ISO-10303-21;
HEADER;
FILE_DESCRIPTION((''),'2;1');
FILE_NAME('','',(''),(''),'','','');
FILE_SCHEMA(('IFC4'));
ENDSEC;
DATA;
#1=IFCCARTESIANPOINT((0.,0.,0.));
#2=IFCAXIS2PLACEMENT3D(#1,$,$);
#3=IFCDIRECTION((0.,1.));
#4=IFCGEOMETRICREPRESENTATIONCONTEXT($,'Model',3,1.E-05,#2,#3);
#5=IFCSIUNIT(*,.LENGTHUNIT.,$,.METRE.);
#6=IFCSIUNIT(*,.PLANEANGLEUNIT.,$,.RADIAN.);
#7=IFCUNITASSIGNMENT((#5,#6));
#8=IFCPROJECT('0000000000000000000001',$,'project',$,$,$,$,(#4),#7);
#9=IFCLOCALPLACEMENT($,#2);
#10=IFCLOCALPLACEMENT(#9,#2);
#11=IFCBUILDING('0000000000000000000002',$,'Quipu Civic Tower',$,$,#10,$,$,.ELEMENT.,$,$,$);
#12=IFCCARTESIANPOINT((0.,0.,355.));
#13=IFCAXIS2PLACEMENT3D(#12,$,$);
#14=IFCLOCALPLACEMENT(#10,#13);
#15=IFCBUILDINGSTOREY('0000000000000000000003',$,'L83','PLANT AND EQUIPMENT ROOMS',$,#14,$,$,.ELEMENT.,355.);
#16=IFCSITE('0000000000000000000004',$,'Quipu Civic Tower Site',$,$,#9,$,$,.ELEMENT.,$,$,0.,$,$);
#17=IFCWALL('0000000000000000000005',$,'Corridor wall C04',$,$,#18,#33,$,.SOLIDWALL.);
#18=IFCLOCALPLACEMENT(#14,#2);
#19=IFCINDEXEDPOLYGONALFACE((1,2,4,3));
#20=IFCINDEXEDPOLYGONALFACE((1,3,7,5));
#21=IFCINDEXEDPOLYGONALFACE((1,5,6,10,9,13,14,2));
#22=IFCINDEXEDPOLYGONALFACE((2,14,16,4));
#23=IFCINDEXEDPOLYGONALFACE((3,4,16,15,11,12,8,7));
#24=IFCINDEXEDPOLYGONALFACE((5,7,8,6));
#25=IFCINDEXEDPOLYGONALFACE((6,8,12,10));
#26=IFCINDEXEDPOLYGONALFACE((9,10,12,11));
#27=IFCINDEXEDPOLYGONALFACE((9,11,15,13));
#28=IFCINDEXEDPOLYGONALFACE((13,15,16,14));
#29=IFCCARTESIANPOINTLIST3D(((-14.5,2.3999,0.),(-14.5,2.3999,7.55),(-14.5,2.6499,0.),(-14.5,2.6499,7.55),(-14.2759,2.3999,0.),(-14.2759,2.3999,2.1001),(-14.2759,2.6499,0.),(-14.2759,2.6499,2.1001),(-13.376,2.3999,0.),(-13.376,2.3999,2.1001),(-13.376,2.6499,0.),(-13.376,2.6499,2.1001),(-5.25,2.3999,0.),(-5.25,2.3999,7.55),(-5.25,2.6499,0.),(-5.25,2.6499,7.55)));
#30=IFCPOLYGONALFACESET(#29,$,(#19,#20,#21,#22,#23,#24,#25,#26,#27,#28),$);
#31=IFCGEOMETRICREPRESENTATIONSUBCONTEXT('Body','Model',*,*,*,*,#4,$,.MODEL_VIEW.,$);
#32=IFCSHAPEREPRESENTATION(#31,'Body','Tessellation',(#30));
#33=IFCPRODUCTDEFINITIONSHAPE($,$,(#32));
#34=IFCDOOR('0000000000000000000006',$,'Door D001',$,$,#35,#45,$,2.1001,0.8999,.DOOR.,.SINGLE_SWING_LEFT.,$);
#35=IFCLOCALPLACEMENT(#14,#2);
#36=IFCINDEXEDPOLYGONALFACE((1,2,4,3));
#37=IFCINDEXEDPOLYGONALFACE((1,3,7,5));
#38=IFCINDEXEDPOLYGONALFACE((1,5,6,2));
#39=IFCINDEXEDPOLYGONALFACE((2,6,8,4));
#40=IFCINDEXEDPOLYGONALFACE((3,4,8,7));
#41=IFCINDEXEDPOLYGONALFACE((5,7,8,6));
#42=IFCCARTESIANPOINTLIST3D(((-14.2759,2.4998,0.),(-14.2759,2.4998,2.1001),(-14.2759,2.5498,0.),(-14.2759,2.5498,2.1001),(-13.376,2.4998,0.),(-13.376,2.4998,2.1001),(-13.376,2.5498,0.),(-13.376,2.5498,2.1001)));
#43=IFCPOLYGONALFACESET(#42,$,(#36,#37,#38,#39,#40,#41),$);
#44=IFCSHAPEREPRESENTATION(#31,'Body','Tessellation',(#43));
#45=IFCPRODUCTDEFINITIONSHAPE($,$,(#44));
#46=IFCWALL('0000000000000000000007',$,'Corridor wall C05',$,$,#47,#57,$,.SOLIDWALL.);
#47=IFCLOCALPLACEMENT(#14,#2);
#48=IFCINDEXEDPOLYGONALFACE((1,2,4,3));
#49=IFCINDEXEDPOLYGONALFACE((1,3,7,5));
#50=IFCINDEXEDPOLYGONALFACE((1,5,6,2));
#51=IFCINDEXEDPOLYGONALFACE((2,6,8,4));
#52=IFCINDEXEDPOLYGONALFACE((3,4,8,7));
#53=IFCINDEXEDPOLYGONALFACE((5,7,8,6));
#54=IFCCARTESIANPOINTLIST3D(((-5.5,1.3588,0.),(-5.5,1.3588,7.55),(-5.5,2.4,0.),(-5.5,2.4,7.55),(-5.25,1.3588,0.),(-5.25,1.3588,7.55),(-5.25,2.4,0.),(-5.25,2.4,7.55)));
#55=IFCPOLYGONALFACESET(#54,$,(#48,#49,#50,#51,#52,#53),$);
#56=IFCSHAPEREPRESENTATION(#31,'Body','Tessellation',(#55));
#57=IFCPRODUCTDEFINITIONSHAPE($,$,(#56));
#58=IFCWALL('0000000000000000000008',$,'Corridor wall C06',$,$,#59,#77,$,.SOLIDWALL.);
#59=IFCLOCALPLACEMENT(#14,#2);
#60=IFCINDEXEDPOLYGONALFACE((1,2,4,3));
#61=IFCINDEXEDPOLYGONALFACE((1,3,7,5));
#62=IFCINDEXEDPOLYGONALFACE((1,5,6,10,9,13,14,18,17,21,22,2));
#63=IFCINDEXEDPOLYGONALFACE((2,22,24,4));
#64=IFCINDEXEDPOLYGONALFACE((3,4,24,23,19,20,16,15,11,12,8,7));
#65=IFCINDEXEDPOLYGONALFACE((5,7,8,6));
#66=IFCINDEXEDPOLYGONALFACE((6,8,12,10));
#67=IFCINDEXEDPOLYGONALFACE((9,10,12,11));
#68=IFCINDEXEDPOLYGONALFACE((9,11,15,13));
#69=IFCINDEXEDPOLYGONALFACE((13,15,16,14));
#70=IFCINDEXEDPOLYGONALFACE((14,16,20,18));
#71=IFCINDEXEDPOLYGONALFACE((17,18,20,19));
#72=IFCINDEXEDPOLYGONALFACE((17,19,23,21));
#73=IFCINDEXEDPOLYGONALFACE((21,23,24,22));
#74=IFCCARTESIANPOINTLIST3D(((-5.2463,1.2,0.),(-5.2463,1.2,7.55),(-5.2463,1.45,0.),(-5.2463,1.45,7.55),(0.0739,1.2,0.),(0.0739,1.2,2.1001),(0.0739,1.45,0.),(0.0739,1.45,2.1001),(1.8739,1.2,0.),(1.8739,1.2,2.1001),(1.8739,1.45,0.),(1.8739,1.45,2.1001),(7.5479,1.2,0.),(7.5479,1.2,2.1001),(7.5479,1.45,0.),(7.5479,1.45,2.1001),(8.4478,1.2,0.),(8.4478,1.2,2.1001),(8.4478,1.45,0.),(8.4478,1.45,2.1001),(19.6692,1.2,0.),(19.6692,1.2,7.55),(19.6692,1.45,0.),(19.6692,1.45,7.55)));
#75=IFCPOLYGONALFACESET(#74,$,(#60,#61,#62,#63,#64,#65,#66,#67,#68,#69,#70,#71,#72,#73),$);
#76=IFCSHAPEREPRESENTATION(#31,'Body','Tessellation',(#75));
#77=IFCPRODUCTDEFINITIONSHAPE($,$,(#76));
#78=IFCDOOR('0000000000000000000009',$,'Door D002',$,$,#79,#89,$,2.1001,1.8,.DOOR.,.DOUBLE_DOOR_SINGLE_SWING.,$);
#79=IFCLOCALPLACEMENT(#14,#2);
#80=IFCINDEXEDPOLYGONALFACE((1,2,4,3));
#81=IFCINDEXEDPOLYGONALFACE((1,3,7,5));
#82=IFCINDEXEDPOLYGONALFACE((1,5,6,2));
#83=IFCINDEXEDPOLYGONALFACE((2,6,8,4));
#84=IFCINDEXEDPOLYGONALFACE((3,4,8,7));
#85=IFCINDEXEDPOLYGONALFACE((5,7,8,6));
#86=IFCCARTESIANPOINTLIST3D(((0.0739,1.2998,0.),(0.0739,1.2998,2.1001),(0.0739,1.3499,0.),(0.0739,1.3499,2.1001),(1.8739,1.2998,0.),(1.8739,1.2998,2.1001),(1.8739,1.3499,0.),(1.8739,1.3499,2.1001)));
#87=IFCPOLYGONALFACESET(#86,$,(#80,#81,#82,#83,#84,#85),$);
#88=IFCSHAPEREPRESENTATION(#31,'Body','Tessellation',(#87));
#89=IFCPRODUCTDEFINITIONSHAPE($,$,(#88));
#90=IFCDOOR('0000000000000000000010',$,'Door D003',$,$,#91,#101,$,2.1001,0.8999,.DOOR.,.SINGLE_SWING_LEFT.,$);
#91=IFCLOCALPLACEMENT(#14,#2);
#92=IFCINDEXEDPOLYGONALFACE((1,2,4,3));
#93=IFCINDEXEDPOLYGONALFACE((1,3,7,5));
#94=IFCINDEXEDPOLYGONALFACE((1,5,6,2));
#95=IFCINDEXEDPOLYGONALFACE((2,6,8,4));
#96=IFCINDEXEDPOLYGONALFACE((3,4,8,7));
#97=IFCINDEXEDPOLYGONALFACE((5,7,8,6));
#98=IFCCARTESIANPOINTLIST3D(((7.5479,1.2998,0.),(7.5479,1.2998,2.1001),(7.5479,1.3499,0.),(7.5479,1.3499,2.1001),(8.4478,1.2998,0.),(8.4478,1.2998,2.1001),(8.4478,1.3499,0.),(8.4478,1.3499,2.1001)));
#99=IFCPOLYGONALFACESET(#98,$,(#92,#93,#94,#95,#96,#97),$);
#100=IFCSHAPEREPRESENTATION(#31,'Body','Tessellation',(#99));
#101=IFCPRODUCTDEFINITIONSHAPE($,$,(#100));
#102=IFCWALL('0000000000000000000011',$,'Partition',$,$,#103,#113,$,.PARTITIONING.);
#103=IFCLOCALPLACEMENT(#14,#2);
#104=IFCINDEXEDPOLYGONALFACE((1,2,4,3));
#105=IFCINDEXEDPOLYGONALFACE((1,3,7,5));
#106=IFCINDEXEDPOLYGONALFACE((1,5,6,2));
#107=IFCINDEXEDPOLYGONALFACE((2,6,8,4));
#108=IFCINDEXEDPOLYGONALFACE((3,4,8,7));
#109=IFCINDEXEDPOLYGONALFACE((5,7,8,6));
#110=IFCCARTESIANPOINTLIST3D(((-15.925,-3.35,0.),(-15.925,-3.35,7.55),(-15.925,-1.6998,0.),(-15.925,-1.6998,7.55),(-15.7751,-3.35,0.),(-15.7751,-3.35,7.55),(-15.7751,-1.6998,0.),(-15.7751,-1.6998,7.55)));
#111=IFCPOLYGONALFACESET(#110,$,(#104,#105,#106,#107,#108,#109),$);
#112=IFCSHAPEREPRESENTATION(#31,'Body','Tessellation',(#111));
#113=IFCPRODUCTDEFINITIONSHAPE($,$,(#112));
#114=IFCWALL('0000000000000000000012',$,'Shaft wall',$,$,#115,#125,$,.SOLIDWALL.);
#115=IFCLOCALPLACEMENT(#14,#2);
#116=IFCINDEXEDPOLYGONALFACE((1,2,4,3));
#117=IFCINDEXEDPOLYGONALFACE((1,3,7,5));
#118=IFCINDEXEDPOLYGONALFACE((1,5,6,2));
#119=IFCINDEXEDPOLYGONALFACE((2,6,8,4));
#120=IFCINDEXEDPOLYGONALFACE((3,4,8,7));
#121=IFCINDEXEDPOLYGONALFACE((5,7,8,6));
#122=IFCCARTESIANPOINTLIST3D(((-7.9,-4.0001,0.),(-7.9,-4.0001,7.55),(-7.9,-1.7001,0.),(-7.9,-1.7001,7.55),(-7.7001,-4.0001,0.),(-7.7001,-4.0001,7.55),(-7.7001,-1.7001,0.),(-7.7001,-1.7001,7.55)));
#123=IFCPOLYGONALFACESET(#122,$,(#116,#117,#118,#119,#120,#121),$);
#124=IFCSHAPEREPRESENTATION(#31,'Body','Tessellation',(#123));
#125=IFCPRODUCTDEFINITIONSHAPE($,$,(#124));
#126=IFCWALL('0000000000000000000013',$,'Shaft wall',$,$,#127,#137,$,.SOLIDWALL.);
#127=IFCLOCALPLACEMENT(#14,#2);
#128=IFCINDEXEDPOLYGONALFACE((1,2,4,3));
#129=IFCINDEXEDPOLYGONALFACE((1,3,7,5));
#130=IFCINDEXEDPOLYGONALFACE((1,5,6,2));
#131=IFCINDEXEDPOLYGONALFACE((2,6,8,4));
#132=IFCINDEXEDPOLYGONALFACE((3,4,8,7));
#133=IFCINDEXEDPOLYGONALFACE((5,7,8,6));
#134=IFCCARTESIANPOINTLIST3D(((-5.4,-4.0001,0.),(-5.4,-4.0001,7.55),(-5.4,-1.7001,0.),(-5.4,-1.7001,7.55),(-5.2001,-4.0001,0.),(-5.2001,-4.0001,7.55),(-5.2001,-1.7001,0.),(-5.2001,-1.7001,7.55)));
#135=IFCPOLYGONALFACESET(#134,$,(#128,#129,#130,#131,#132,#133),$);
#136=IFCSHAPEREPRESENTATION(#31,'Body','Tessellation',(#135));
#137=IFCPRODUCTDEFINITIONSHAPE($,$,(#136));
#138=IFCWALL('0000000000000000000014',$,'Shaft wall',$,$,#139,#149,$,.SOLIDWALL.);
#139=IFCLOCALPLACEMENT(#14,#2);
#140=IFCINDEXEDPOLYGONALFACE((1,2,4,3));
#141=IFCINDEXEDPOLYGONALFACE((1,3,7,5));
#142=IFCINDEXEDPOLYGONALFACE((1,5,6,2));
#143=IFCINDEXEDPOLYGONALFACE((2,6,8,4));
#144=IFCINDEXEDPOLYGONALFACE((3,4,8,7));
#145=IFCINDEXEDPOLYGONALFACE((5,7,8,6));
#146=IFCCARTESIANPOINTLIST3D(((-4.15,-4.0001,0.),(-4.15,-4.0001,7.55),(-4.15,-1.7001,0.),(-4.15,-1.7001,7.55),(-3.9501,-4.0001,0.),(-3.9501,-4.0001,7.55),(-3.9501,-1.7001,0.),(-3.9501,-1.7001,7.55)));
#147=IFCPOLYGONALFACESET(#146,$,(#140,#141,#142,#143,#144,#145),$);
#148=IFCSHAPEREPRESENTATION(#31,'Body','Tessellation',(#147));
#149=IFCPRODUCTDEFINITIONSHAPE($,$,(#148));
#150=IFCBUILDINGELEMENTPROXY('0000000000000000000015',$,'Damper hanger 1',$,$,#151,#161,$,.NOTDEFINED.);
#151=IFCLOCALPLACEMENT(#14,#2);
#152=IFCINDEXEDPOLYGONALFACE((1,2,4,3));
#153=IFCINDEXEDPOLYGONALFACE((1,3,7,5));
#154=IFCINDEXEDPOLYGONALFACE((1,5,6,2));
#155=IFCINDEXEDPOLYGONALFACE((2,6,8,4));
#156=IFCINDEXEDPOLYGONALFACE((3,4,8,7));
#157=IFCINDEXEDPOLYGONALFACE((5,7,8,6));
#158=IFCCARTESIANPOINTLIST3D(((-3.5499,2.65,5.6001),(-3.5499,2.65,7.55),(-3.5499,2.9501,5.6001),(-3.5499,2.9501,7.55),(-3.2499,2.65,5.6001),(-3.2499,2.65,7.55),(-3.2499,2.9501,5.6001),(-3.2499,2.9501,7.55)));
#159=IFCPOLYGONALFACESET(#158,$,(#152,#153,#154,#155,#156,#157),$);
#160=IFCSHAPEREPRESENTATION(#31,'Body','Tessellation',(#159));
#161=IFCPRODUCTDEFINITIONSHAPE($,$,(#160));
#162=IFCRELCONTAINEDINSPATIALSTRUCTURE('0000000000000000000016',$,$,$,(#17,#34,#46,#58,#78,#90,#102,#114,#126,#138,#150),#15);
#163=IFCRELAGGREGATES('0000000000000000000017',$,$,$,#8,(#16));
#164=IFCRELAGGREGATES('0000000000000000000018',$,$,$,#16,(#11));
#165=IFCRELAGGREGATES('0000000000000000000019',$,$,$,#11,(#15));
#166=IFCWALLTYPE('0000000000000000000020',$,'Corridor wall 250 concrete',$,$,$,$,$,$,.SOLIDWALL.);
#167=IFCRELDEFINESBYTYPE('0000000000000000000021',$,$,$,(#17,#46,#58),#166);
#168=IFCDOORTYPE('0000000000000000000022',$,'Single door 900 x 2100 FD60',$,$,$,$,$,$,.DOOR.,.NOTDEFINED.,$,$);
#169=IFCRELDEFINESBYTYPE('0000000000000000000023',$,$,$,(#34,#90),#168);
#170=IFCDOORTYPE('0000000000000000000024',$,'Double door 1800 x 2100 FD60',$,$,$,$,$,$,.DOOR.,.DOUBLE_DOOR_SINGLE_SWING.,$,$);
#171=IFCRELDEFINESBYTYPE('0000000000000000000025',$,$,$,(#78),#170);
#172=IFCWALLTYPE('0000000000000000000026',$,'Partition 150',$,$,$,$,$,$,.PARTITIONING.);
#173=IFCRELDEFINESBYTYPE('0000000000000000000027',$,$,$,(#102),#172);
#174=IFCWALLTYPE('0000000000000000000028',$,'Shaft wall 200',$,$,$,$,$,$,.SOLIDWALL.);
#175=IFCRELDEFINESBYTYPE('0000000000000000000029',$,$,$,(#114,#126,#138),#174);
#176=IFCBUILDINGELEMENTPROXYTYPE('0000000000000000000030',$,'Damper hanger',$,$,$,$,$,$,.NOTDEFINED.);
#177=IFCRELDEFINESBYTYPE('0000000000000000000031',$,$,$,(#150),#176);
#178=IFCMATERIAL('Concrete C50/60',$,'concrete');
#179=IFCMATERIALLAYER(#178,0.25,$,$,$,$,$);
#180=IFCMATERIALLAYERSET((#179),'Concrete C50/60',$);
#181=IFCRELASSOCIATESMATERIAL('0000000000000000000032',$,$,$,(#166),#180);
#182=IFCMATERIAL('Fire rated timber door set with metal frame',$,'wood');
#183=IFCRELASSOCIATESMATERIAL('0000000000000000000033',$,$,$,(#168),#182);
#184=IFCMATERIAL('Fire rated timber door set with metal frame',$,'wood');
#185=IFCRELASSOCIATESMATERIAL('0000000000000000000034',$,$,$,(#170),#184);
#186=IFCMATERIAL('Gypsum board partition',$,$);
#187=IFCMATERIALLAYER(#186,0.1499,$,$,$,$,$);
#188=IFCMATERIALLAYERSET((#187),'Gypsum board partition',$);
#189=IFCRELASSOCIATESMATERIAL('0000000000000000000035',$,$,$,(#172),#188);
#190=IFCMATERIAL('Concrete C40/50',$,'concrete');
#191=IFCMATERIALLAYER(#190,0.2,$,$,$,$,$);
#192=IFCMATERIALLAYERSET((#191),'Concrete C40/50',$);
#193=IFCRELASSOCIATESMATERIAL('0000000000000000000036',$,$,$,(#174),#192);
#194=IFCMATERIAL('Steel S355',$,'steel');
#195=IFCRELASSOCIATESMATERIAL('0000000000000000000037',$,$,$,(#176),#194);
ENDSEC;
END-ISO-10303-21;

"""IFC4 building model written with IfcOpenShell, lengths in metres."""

from ifc_helpers import new_model, si_unit, direction, frame, frame_2d, origin, origin_2d, place, context, subcontext, project, spatial, rectangle, extrude, material, layer, layer_set, type_object, element, fill, save


model = new_model("IFC4")

# Units and contexts
model_context = context("Model", 3, precision=1e-05, world=origin(), true_north=direction((0.0, 1.0)))
body_context = subcontext(model_context, "Body", "Model", "MODEL_VIEW")
ifc_project = project(units=[si_unit("LENGTHUNIT", "METRE"), si_unit("PLANEANGLEUNIT", "RADIAN")], contexts=[model_context])

# Site, building, storey
site_placement = place(None, origin())
site = spatial("IfcSite", under=ifc_project, at=site_placement, Name="Quipu Civic Tower Site", CompositionType="ELEMENT", RefElevation=0.0)
building_placement = place(site_placement, origin())
building = spatial("IfcBuilding", under=site, at=building_placement, Name="Quipu Civic Tower", CompositionType="ELEMENT")
storey_placement = place(building_placement, frame((0.0, 0.0, 355.0)))
storey = spatial("IfcBuildingStorey", under=building, at=storey_placement, Name="L83", Description="PLANT AND EQUIPMENT ROOMS", CompositionType="ELEMENT", Elevation=355.0)

# Shared definitions
ifc_material_1 = material(Name="Concrete C50/60", Category="concrete")
ifc_layer_1 = layer(ifc_material_1, 0.25)
ifc_layer_set_1 = layer_set([ifc_layer_1], Name="Concrete C50/60")
wall_type_1 = type_object("IfcWallType", Name="Corridor wall 250 concrete", PredefinedType="SOLIDWALL", material=ifc_layer_set_1)

# Wall, opening, door
wall_1_placement = place(storey_placement, frame((-14.5, 2.5249, 0.0), z_axis=(0.0, 0.0, 1.0), x_axis=(1.0, 0.0, 0.0)))
wall_1 = element("IfcWall", 1, at=wall_1_placement, inside=storey, type_object=wall_type_1, Name="Corridor wall C04", PredefinedType="SOLIDWALL", context=body_context, shape_type="SweptSolid", body=[
    extrude(rectangle(XDim=9.25, YDim=0.25, at=frame_2d((4.625, 0.0))), origin(), (0.0, 0.0, 1.0), 7.55),
])
opening_1_placement = place(wall_1_placement, frame((0.2241, 0.0, 0.0)))
opening_1 = element("IfcOpeningElement", 2, at=opening_1_placement, cuts=wall_1, PredefinedType="OPENING", context=body_context, shape_type="SweptSolid", body=[
    extrude(rectangle(XDim=0.8999, YDim=2.1001, at=frame_2d((0.45, 1.05))), frame((0.0, 0.135, 0.0), z_axis=(0.0, -1.0, 0.0), x_axis=(1.0, 0.0, 0.0)), (0.0, 0.0, 1.0), 0.27),
])
ifc_material_2 = material(Name="Fire rated timber door set with metal frame", Category="wood")
door_type_1 = type_object("IfcDoorType", Name="Single door 900 x 2100 FD60", OperationType="NOTDEFINED", PredefinedType="DOOR", material=ifc_material_2)
door_1_placement = place(opening_1_placement, origin())
door_1 = element("IfcDoor", 3, at=door_1_placement, inside=storey, type_object=door_type_1, Name="Door D001", OperationType="SINGLE_SWING_LEFT", OverallHeight=2.1001, OverallWidth=0.8999, PredefinedType="DOOR", context=body_context, shape_type="SweptSolid", body=[
    extrude(rectangle(XDim=0.8999, YDim=2.1001, at=frame_2d((0.45, 1.05))), frame((0.0, 0.0249, 0.0), z_axis=(0.0, -1.0, 0.0), x_axis=(1.0, 0.0, 0.0)), (0.0, 0.0, 1.0), 0.05),
])
fill(opening_1, door_1)

# Wall
wall_2_placement = place(storey_placement, frame((-5.375, 2.3999, 0.0), z_axis=(0.0, 0.0, 1.0), x_axis=(0.0, -1.0, 0.0)))
element("IfcWall", 4, at=wall_2_placement, inside=storey, type_object=wall_type_1, Name="Corridor wall C05", PredefinedType="SOLIDWALL", context=body_context, shape_type="SweptSolid", body=[
    extrude(rectangle(XDim=1.0413, YDim=0.25, at=frame_2d((0.5205, 0.0))), origin(), (0.0, 0.0, 1.0), 7.55),
])

# Wall, openings, doors
wall_3_placement = place(storey_placement, frame((-5.2463, 1.325, 0.0), z_axis=(0.0, 0.0, 1.0), x_axis=(1.0, 0.0, 0.0)))
wall_3 = element("IfcWall", 5, at=wall_3_placement, inside=storey, type_object=wall_type_1, Name="Corridor wall C06", PredefinedType="SOLIDWALL", context=body_context, shape_type="SweptSolid", body=[
    extrude(rectangle(XDim=24.9155, YDim=0.25, at=frame_2d((12.4578, 0.0))), origin(), (0.0, 0.0, 1.0), 7.55),
])
opening_2_placement = place(wall_3_placement, frame((5.3203, 0.0, 0.0)))
opening_2 = element("IfcOpeningElement", 6, at=opening_2_placement, cuts=wall_3, PredefinedType="OPENING", context=body_context, shape_type="SweptSolid", body=[
    extrude(rectangle(XDim=1.8, YDim=2.1001, at=frame_2d((0.8999, 1.05))), frame((0.0, 0.135, 0.0), z_axis=(0.0, -1.0, 0.0), x_axis=(1.0, 0.0, 0.0)), (0.0, 0.0, 1.0), 0.27),
])
opening_3_placement = place(wall_3_placement, frame((12.7942, 0.0, 0.0)))
opening_3 = element("IfcOpeningElement", 7, at=opening_3_placement, cuts=wall_3, PredefinedType="OPENING", context=body_context, shape_type="SweptSolid", body=[
    extrude(rectangle(XDim=0.8999, YDim=2.1001, at=frame_2d((0.45, 1.05))), frame((0.0, 0.135, 0.0), z_axis=(0.0, -1.0, 0.0), x_axis=(1.0, 0.0, 0.0)), (0.0, 0.0, 1.0), 0.27),
])
ifc_material_3 = material(Name="Fire rated timber door set with metal frame", Category="wood")
door_type_2 = type_object("IfcDoorType", Name="Double door 1800 x 2100 FD60", OperationType="DOUBLE_DOOR_SINGLE_SWING", PredefinedType="DOOR", material=ifc_material_3)
door_2_placement = place(opening_2_placement, origin())
door_2 = element("IfcDoor", 8, at=door_2_placement, inside=storey, type_object=door_type_2, Name="Door D002", OperationType="DOUBLE_DOOR_SINGLE_SWING", OverallHeight=2.1001, OverallWidth=1.8, PredefinedType="DOOR", context=body_context, shape_type="SweptSolid", body=[
    extrude(rectangle(XDim=1.8, YDim=2.1001, at=frame_2d((0.8999, 1.05))), frame((0.0, 0.0249, 0.0), z_axis=(0.0, -1.0, 0.0), x_axis=(1.0, 0.0, 0.0)), (0.0, 0.0, 1.0), 0.05),
])
fill(opening_2, door_2)
door_3_placement = place(opening_3_placement, origin())
door_3 = element("IfcDoor", 9, at=door_3_placement, inside=storey, type_object=door_type_1, Name="Door D003", OperationType="SINGLE_SWING_LEFT", OverallHeight=2.1001, OverallWidth=0.8999, PredefinedType="DOOR", context=body_context, shape_type="SweptSolid", body=[
    extrude(rectangle(XDim=0.8999, YDim=2.1001, at=frame_2d((0.45, 1.05))), frame((0.0, 0.0249, 0.0), z_axis=(0.0, -1.0, 0.0), x_axis=(1.0, 0.0, 0.0)), (0.0, 0.0, 1.0), 0.05),
])
fill(opening_3, door_3)

# Walls
ifc_material_4 = material(Name="Gypsum board partition")
ifc_layer_2 = layer(ifc_material_4, 0.1499)
ifc_layer_set_2 = layer_set([ifc_layer_2], Name="Gypsum board partition")
wall_type_2 = type_object("IfcWallType", Name="Partition 150", PredefinedType="PARTITIONING", material=ifc_layer_set_2)
wall_4_placement = place(storey_placement, frame((-15.8501, -3.3501, 0.0), z_axis=(0.0, 0.0, 1.0), x_axis=(0.0, 1.0, 0.0)))
element("IfcWall", 10, at=wall_4_placement, inside=storey, type_object=wall_type_2, Name="Partition", PredefinedType="PARTITIONING", context=body_context, shape_type="SweptSolid", body=[
    extrude(rectangle(XDim=1.6501, YDim=0.1499, at=frame_2d((0.8252, 0.0))), origin(), (0.0, 0.0, 1.0), 7.55),
])
ifc_material_5 = material(Name="Concrete C40/50", Category="concrete")
ifc_layer_3 = layer(ifc_material_5, 0.2)
ifc_layer_set_3 = layer_set([ifc_layer_3], Name="Concrete C40/50")
wall_type_3 = type_object("IfcWallType", Name="Shaft wall 200", PredefinedType="SOLIDWALL", material=ifc_layer_set_3)
for number, where, z_axis, x_axis, name in (
    (11, (-7.8, -4.0, 0.0), (0.0, 0.0, 1.0), (0.0, 1.0, 0.0), "Shaft wall"),
    (12, (-5.3, -4.0, 0.0), (0.0, 0.0, 1.0), (0.0, 1.0, 0.0), "Shaft wall"),
    (13, (-4.05, -4.0, 0.0), (0.0, 0.0, 1.0), (0.0, 1.0, 0.0), "Shaft wall"),
):
    element("IfcWall", number, at=place(storey_placement, frame(where, z_axis=z_axis, x_axis=x_axis)), inside=storey, type_object=wall_type_3, Name=name, PredefinedType="SOLIDWALL", context=body_context, shape_type="SweptSolid", body=[
        extrude(rectangle(XDim=2.3, YDim=0.2, at=frame_2d((1.1499, 0.0))), origin(), (0.0, 0.0, 1.0), 7.55),
    ])

# Building element proxy
ifc_material_6 = material(Name="Steel S355", Category="steel")
building_element_proxy_type = type_object("IfcBuildingElementProxyType", Name="Damper hanger", PredefinedType="NOTDEFINED", material=ifc_material_6)
proxy_placement = place(storey_placement, frame((-3.3999, 2.8, 5.6001), z_axis=(0.0, 0.0, 1.0), x_axis=(1.0, 0.0, 0.0)))
element("IfcBuildingElementProxy", 14, at=proxy_placement, inside=storey, type_object=building_element_proxy_type, Name="Damper hanger 1", PredefinedType="NOTDEFINED", context=body_context, shape_type="SweptSolid", body=[
    extrude(rectangle(XDim=0.3, YDim=0.3, at=origin_2d()), origin(), (0.0, 0.0, 1.0), 1.95),
])

save(model, "model.ifc")
